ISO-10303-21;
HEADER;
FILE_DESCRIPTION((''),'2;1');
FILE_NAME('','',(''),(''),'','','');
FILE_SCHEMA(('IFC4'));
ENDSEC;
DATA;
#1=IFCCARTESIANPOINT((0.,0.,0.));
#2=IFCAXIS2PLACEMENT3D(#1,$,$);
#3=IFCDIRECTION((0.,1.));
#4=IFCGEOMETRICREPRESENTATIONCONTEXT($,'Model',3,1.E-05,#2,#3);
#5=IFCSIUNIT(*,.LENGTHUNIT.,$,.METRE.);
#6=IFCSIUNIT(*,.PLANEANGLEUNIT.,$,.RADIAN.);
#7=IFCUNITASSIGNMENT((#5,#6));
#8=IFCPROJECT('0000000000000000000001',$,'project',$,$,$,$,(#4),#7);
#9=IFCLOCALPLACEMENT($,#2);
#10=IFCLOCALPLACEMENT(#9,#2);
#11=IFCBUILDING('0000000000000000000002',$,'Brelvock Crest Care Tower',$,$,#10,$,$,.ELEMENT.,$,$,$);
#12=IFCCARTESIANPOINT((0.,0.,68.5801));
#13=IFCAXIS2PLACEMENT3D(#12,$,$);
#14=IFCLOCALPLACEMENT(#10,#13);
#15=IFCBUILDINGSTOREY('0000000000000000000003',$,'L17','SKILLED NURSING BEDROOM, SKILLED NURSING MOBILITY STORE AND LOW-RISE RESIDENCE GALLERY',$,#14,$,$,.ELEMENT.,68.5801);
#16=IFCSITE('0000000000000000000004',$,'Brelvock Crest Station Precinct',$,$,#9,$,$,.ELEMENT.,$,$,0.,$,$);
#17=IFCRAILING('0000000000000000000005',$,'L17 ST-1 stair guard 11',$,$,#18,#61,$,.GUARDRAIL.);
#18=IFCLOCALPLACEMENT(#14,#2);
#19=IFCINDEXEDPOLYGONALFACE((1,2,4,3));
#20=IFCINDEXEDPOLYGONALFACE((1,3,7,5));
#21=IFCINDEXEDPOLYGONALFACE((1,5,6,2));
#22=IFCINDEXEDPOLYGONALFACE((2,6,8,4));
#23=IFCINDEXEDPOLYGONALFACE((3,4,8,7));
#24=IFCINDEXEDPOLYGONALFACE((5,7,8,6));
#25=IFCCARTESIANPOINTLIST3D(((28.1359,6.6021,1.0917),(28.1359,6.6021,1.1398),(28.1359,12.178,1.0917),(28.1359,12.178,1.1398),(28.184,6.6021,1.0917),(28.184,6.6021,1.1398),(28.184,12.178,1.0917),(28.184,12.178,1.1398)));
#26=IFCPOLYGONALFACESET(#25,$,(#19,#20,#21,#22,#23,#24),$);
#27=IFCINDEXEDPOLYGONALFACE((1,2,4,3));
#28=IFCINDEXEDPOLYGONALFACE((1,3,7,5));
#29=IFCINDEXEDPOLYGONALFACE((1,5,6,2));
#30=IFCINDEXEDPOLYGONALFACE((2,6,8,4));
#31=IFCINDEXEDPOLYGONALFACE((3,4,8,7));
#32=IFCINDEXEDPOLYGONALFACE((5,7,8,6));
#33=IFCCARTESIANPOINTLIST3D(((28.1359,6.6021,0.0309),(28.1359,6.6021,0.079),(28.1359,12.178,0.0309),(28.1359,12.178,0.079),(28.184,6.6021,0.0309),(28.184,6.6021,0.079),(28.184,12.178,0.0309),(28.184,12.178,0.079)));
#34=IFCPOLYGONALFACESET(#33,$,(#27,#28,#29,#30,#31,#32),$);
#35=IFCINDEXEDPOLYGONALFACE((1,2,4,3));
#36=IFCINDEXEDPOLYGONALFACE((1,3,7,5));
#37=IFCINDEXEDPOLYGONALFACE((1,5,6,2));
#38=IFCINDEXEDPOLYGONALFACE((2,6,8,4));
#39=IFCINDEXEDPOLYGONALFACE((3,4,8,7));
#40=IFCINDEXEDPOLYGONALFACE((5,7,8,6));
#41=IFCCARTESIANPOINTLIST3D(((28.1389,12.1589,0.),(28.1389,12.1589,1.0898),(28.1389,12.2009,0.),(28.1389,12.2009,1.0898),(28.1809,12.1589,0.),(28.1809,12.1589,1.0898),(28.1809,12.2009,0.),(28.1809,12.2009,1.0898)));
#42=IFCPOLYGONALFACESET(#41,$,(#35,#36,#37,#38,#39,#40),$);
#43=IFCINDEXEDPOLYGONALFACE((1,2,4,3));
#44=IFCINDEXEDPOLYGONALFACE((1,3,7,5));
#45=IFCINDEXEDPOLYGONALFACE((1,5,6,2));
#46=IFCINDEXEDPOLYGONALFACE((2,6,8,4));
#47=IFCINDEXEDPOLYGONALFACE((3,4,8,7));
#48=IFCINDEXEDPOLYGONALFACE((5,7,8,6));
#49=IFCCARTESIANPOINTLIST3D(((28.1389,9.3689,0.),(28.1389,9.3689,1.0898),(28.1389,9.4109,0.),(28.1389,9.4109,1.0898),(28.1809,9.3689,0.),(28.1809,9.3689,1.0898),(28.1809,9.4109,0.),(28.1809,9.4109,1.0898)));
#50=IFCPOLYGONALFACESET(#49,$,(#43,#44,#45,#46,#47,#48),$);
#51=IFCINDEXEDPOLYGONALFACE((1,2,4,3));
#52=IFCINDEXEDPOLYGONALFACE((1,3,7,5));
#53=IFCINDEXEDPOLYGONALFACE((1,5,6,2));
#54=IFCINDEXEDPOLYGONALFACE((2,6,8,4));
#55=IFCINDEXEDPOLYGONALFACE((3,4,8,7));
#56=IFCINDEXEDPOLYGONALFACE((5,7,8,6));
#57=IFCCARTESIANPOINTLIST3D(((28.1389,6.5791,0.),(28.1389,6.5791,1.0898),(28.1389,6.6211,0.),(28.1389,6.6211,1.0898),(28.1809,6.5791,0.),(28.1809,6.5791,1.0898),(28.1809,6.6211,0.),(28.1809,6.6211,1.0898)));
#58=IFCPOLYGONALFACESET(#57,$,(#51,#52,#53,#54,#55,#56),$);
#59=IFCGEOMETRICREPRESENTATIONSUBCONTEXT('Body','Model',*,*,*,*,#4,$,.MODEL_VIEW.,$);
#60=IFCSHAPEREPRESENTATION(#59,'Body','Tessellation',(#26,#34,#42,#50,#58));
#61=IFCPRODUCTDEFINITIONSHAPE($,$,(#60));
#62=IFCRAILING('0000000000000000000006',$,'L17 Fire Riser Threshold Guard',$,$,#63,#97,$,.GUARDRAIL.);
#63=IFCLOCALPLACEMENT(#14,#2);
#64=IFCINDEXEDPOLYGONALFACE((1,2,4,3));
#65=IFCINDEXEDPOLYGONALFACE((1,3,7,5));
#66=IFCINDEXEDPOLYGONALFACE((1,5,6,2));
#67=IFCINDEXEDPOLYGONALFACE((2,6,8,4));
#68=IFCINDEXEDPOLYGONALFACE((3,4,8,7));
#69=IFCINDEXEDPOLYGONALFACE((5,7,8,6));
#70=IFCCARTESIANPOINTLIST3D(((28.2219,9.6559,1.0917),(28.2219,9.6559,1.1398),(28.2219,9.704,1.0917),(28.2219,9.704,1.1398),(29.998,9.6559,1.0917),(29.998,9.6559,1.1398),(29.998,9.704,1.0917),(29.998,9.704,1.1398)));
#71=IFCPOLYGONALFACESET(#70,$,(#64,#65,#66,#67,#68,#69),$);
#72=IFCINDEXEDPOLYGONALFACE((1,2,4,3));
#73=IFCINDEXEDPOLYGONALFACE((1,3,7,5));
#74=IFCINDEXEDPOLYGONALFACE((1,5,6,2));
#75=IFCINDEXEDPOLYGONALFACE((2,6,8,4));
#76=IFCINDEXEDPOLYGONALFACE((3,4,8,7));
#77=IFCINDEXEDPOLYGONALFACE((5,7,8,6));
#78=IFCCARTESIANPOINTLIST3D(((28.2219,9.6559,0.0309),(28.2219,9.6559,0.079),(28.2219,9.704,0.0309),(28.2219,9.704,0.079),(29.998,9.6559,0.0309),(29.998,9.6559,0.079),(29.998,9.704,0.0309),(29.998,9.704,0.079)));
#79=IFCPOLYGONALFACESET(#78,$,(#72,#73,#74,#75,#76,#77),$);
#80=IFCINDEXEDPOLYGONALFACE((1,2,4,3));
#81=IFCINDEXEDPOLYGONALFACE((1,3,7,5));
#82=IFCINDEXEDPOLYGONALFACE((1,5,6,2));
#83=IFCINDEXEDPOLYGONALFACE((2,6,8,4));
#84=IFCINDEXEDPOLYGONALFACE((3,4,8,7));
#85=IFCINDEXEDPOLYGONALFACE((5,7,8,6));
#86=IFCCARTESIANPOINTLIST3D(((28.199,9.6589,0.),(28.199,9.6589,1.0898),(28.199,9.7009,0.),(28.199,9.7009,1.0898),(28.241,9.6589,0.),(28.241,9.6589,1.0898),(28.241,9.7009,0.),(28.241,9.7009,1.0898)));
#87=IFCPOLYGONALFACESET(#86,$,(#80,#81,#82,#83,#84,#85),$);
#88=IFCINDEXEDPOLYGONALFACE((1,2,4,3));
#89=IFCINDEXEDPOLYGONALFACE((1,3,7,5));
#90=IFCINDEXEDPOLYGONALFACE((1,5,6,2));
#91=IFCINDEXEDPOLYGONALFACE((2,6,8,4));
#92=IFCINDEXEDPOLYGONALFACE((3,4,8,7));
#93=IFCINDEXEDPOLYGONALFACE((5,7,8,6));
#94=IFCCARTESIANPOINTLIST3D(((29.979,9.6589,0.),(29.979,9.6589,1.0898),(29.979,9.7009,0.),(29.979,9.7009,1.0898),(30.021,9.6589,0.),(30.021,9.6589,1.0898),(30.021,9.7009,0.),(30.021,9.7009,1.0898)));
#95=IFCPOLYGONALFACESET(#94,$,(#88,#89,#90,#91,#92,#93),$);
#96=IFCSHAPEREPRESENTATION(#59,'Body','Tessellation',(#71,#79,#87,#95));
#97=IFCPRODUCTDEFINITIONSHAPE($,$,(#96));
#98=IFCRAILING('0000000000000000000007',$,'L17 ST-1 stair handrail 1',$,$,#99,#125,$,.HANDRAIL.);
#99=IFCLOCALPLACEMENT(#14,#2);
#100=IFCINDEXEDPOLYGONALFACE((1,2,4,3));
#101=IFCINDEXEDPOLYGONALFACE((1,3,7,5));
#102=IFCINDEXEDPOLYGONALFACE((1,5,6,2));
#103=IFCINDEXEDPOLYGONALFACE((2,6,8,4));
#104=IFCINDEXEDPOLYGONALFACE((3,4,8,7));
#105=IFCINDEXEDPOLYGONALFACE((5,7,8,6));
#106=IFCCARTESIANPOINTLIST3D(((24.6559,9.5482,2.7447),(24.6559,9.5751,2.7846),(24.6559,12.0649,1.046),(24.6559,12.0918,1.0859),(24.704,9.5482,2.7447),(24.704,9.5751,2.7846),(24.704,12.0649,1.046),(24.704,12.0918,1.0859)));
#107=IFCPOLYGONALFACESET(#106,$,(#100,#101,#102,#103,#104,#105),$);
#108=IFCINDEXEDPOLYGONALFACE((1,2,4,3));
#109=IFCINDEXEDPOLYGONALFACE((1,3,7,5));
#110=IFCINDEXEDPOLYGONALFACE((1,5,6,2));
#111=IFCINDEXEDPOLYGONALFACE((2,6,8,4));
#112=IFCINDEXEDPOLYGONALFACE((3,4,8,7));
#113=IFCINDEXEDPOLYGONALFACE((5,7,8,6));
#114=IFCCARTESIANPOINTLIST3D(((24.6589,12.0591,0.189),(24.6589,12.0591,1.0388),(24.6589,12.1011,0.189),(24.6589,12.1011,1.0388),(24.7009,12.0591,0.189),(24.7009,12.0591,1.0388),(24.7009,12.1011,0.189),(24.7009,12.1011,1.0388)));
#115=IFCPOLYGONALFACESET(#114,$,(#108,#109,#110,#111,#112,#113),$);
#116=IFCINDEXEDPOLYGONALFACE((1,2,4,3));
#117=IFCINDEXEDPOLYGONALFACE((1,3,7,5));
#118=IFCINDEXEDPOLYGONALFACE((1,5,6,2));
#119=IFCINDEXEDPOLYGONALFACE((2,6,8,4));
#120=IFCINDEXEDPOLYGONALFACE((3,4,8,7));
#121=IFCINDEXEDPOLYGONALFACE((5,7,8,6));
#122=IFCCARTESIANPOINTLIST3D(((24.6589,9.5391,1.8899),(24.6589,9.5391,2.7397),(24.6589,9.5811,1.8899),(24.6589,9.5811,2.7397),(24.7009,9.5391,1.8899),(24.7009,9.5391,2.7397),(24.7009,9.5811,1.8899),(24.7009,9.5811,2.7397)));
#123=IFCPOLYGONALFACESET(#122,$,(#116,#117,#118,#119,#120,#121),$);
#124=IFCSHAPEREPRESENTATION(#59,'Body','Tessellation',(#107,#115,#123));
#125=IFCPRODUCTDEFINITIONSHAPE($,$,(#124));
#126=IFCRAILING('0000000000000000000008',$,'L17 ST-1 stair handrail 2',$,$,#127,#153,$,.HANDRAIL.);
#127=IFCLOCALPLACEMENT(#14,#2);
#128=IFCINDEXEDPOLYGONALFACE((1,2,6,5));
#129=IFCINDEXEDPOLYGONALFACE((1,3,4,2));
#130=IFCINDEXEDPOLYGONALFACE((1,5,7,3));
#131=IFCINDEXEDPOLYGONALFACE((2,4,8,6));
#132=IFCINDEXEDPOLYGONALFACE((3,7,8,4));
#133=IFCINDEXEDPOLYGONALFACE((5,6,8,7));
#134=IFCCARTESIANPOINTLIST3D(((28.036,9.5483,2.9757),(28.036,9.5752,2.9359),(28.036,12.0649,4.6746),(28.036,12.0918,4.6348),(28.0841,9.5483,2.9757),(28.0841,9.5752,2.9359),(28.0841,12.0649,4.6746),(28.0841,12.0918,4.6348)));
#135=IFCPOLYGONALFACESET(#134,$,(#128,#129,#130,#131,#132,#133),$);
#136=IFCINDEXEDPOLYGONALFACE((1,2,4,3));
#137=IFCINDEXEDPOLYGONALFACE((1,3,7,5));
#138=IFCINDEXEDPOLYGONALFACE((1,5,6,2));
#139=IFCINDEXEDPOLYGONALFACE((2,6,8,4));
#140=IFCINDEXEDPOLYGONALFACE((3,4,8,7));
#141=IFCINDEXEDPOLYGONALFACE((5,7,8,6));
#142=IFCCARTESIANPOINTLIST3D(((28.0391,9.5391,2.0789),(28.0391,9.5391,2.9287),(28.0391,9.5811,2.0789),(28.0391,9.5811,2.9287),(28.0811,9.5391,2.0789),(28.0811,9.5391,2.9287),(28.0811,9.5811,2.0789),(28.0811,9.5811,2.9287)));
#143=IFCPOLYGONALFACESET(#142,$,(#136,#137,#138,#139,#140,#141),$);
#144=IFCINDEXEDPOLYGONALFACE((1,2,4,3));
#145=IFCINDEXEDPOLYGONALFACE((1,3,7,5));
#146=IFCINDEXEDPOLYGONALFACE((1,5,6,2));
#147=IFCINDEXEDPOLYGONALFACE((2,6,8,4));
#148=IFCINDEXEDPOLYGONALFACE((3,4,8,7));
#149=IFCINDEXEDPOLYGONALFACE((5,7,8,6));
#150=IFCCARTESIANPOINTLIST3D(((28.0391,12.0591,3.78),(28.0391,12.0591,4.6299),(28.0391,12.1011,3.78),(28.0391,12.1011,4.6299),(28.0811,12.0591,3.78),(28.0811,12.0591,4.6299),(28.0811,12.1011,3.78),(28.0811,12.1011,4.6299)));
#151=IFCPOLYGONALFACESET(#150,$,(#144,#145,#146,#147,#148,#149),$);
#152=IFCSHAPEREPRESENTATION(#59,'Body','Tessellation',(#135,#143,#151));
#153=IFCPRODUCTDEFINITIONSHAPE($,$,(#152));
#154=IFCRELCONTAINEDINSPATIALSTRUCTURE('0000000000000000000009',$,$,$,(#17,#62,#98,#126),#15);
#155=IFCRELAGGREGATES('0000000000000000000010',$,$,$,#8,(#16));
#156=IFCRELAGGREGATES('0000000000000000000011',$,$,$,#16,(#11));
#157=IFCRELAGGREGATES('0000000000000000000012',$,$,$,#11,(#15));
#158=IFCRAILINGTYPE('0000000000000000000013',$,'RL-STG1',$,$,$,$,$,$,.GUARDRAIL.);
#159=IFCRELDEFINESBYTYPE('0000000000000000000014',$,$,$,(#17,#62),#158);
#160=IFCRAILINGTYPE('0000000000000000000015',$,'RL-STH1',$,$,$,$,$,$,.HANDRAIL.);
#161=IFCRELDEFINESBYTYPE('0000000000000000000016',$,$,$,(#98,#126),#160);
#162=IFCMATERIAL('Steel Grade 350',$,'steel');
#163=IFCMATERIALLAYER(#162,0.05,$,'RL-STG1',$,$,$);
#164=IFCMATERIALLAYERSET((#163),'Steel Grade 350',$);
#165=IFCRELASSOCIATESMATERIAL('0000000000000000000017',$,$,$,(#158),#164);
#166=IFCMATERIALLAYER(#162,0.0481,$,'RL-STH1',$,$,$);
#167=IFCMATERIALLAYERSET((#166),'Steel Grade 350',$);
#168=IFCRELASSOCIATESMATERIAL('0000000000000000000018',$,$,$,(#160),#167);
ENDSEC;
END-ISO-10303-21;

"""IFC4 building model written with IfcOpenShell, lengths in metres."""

from ifc_helpers import new_model, si_unit, direction, frame, origin, origin_2d, place, context, subcontext, project, spatial, rectangle, extrude, material, layer, layer_set, type_object, element, save


model = new_model("IFC4")

# Units and contexts
model_context = context("Model", 3, precision=1e-05, world=origin(), true_north=direction((0.0, 1.0)))
body_context = subcontext(model_context, "Body", "Model", "MODEL_VIEW")
ifc_project = project(units=[si_unit("LENGTHUNIT", "METRE"), si_unit("PLANEANGLEUNIT", "RADIAN")], contexts=[model_context])

# Site, building, storey
site_placement = place(None, origin())
site = spatial("IfcSite", under=ifc_project, at=site_placement, Name="Brelvock Crest Station Precinct", CompositionType="ELEMENT", RefElevation=0.0)
building_placement = place(site_placement, origin())
building = spatial("IfcBuilding", under=site, at=building_placement, Name="Brelvock Crest Care Tower", CompositionType="ELEMENT")
storey_placement = place(building_placement, frame((0.0, 0.0, 68.5801)))
storey = spatial("IfcBuildingStorey", under=building, at=storey_placement, Name="L17", Description="SKILLED NURSING BEDROOM, SKILLED NURSING MOBILITY STORE AND LOW-RISE RESIDENCE GALLERY", CompositionType="ELEMENT", Elevation=68.5801)

# Shared definitions
ifc_material_1 = material(Name="Steel Grade 350", Category="steel")

# Railings
ifc_layer_1 = layer(ifc_material_1, 0.05, Name="RL-STG1")
ifc_layer_set_1 = layer_set([ifc_layer_1], Name="Steel Grade 350")
railing_type_1 = type_object("IfcRailingType", Name="RL-STG1", PredefinedType="GUARDRAIL", material=ifc_layer_set_1)
for number, where, name in (
    (1, (28.1599, 12.1799, 0.0), "L17 ST-1 stair guard 11"),
):
    element("IfcRailing", number, at=place(storey_placement, frame(where)), inside=storey, type_object=railing_type_1, Name=name, PredefinedType="GUARDRAIL", context=body_context, shape_type="SweptSolid", body=[
        extrude(rectangle(XDim=0.0481, YDim=0.0481, at=origin_2d()), frame((0.0, -0.002, 1.1157), z_axis=(0.0, -1.0, 0.0), x_axis=(1.0, 0.0, 0.0)), (0.0, 0.0, 1.0), 5.5759),
        extrude(rectangle(XDim=0.0481, YDim=0.0481, at=origin_2d()), frame((0.0, -0.002, 0.0549), z_axis=(0.0, -1.0, 0.0), x_axis=(1.0, 0.0, 0.0)), (0.0, 0.0, 1.0), 5.5759),
        extrude(rectangle(XDim=0.042, YDim=0.042, at=origin_2d()), origin(), (0.0, 0.0, 1.0), 1.0898),
        extrude(rectangle(XDim=0.042, YDim=0.042, at=origin_2d()), frame((0.0, -2.79, 0.0)), (0.0, 0.0, 1.0), 1.0898),
        extrude(rectangle(XDim=0.042, YDim=0.042, at=origin_2d()), frame((0.0, -5.5798, 0.0)), (0.0, 0.0, 1.0), 1.0898),
    ])
railing_1_placement = place(storey_placement, frame((28.22, 9.6799, 0.0)))
element("IfcRailing", 2, at=railing_1_placement, inside=storey, type_object=railing_type_1, Name="L17 Fire Riser Threshold Guard", PredefinedType="GUARDRAIL", context=body_context, shape_type="SweptSolid", body=[
    extrude(rectangle(XDim=0.0481, YDim=0.0481, at=origin_2d()), frame((0.002, 0.0, 1.1157), z_axis=(1.0, 0.0, 0.0), x_axis=(0.0, 1.0, 0.0)), (0.0, 0.0, 1.0), 1.7761),
    extrude(rectangle(XDim=0.0481, YDim=0.0481, at=origin_2d()), frame((0.002, 0.0, 0.0549), z_axis=(1.0, 0.0, 0.0), x_axis=(0.0, 1.0, 0.0)), (0.0, 0.0, 1.0), 1.7761),
    extrude(rectangle(XDim=0.042, YDim=0.042, at=origin_2d()), origin(), (0.0, 0.0, 1.0), 1.0898),
    extrude(rectangle(XDim=0.042, YDim=0.042, at=origin_2d()), frame((1.78, 0.0, 0.0)), (0.0, 0.0, 1.0), 1.0898),
])
ifc_layer_2 = layer(ifc_material_1, 0.0481, Name="RL-STH1")
ifc_layer_set_2 = layer_set([ifc_layer_2], Name="Steel Grade 350")
railing_type_2 = type_object("IfcRailingType", Name="RL-STH1", PredefinedType="HANDRAIL", material=ifc_layer_set_2)
railing_2_placement = place(storey_placement, frame((24.6799, 12.0801, 0.189)))
element("IfcRailing", 3, at=railing_2_placement, inside=storey, type_object=railing_type_2, Name="L17 ST-1 stair handrail 1", PredefinedType="HANDRAIL", context=body_context, shape_type="SweptSolid", body=[
    extrude(rectangle(XDim=0.0481, YDim=0.0481, at=origin_2d()), frame((0.0, -0.0017, 0.877), z_axis=(0.0, -0.828862, 0.559454), x_axis=(1.0, 0.0, 0.0)), (0.0, 0.0, 1.0), 3.0364),
    extrude(rectangle(XDim=0.042, YDim=0.042, at=origin_2d()), origin(), (0.0, 0.0, 1.0), 0.8499),
    extrude(rectangle(XDim=0.042, YDim=0.042, at=origin_2d()), frame((0.0, -2.52, 1.7009)), (0.0, 0.0, 1.0), 0.8499),
])
railing_3_placement = place(storey_placement, frame((28.0601, 9.5601, 2.0789)))
element("IfcRailing", 4, at=railing_3_placement, inside=storey, type_object=railing_type_2, Name="L17 ST-1 stair handrail 2", PredefinedType="HANDRAIL", context=body_context, shape_type="SweptSolid", body=[
    extrude(rectangle(XDim=0.0481, YDim=0.0481, at=origin_2d()), frame((0.0, 0.0017, 0.877), z_axis=(0.0, 0.828824, 0.559509), x_axis=(-1.0, 0.0, 0.0)), (0.0, 0.0, 1.0), 3.0364),
    extrude(rectangle(XDim=0.042, YDim=0.042, at=origin_2d()), origin(), (0.0, 0.0, 1.0), 0.8499),
    extrude(rectangle(XDim=0.042, YDim=0.042, at=origin_2d()), frame((0.0, 2.52, 1.7012)), (0.0, 0.0, 1.0), 0.8499),
])

save(model, "model.ifc")
